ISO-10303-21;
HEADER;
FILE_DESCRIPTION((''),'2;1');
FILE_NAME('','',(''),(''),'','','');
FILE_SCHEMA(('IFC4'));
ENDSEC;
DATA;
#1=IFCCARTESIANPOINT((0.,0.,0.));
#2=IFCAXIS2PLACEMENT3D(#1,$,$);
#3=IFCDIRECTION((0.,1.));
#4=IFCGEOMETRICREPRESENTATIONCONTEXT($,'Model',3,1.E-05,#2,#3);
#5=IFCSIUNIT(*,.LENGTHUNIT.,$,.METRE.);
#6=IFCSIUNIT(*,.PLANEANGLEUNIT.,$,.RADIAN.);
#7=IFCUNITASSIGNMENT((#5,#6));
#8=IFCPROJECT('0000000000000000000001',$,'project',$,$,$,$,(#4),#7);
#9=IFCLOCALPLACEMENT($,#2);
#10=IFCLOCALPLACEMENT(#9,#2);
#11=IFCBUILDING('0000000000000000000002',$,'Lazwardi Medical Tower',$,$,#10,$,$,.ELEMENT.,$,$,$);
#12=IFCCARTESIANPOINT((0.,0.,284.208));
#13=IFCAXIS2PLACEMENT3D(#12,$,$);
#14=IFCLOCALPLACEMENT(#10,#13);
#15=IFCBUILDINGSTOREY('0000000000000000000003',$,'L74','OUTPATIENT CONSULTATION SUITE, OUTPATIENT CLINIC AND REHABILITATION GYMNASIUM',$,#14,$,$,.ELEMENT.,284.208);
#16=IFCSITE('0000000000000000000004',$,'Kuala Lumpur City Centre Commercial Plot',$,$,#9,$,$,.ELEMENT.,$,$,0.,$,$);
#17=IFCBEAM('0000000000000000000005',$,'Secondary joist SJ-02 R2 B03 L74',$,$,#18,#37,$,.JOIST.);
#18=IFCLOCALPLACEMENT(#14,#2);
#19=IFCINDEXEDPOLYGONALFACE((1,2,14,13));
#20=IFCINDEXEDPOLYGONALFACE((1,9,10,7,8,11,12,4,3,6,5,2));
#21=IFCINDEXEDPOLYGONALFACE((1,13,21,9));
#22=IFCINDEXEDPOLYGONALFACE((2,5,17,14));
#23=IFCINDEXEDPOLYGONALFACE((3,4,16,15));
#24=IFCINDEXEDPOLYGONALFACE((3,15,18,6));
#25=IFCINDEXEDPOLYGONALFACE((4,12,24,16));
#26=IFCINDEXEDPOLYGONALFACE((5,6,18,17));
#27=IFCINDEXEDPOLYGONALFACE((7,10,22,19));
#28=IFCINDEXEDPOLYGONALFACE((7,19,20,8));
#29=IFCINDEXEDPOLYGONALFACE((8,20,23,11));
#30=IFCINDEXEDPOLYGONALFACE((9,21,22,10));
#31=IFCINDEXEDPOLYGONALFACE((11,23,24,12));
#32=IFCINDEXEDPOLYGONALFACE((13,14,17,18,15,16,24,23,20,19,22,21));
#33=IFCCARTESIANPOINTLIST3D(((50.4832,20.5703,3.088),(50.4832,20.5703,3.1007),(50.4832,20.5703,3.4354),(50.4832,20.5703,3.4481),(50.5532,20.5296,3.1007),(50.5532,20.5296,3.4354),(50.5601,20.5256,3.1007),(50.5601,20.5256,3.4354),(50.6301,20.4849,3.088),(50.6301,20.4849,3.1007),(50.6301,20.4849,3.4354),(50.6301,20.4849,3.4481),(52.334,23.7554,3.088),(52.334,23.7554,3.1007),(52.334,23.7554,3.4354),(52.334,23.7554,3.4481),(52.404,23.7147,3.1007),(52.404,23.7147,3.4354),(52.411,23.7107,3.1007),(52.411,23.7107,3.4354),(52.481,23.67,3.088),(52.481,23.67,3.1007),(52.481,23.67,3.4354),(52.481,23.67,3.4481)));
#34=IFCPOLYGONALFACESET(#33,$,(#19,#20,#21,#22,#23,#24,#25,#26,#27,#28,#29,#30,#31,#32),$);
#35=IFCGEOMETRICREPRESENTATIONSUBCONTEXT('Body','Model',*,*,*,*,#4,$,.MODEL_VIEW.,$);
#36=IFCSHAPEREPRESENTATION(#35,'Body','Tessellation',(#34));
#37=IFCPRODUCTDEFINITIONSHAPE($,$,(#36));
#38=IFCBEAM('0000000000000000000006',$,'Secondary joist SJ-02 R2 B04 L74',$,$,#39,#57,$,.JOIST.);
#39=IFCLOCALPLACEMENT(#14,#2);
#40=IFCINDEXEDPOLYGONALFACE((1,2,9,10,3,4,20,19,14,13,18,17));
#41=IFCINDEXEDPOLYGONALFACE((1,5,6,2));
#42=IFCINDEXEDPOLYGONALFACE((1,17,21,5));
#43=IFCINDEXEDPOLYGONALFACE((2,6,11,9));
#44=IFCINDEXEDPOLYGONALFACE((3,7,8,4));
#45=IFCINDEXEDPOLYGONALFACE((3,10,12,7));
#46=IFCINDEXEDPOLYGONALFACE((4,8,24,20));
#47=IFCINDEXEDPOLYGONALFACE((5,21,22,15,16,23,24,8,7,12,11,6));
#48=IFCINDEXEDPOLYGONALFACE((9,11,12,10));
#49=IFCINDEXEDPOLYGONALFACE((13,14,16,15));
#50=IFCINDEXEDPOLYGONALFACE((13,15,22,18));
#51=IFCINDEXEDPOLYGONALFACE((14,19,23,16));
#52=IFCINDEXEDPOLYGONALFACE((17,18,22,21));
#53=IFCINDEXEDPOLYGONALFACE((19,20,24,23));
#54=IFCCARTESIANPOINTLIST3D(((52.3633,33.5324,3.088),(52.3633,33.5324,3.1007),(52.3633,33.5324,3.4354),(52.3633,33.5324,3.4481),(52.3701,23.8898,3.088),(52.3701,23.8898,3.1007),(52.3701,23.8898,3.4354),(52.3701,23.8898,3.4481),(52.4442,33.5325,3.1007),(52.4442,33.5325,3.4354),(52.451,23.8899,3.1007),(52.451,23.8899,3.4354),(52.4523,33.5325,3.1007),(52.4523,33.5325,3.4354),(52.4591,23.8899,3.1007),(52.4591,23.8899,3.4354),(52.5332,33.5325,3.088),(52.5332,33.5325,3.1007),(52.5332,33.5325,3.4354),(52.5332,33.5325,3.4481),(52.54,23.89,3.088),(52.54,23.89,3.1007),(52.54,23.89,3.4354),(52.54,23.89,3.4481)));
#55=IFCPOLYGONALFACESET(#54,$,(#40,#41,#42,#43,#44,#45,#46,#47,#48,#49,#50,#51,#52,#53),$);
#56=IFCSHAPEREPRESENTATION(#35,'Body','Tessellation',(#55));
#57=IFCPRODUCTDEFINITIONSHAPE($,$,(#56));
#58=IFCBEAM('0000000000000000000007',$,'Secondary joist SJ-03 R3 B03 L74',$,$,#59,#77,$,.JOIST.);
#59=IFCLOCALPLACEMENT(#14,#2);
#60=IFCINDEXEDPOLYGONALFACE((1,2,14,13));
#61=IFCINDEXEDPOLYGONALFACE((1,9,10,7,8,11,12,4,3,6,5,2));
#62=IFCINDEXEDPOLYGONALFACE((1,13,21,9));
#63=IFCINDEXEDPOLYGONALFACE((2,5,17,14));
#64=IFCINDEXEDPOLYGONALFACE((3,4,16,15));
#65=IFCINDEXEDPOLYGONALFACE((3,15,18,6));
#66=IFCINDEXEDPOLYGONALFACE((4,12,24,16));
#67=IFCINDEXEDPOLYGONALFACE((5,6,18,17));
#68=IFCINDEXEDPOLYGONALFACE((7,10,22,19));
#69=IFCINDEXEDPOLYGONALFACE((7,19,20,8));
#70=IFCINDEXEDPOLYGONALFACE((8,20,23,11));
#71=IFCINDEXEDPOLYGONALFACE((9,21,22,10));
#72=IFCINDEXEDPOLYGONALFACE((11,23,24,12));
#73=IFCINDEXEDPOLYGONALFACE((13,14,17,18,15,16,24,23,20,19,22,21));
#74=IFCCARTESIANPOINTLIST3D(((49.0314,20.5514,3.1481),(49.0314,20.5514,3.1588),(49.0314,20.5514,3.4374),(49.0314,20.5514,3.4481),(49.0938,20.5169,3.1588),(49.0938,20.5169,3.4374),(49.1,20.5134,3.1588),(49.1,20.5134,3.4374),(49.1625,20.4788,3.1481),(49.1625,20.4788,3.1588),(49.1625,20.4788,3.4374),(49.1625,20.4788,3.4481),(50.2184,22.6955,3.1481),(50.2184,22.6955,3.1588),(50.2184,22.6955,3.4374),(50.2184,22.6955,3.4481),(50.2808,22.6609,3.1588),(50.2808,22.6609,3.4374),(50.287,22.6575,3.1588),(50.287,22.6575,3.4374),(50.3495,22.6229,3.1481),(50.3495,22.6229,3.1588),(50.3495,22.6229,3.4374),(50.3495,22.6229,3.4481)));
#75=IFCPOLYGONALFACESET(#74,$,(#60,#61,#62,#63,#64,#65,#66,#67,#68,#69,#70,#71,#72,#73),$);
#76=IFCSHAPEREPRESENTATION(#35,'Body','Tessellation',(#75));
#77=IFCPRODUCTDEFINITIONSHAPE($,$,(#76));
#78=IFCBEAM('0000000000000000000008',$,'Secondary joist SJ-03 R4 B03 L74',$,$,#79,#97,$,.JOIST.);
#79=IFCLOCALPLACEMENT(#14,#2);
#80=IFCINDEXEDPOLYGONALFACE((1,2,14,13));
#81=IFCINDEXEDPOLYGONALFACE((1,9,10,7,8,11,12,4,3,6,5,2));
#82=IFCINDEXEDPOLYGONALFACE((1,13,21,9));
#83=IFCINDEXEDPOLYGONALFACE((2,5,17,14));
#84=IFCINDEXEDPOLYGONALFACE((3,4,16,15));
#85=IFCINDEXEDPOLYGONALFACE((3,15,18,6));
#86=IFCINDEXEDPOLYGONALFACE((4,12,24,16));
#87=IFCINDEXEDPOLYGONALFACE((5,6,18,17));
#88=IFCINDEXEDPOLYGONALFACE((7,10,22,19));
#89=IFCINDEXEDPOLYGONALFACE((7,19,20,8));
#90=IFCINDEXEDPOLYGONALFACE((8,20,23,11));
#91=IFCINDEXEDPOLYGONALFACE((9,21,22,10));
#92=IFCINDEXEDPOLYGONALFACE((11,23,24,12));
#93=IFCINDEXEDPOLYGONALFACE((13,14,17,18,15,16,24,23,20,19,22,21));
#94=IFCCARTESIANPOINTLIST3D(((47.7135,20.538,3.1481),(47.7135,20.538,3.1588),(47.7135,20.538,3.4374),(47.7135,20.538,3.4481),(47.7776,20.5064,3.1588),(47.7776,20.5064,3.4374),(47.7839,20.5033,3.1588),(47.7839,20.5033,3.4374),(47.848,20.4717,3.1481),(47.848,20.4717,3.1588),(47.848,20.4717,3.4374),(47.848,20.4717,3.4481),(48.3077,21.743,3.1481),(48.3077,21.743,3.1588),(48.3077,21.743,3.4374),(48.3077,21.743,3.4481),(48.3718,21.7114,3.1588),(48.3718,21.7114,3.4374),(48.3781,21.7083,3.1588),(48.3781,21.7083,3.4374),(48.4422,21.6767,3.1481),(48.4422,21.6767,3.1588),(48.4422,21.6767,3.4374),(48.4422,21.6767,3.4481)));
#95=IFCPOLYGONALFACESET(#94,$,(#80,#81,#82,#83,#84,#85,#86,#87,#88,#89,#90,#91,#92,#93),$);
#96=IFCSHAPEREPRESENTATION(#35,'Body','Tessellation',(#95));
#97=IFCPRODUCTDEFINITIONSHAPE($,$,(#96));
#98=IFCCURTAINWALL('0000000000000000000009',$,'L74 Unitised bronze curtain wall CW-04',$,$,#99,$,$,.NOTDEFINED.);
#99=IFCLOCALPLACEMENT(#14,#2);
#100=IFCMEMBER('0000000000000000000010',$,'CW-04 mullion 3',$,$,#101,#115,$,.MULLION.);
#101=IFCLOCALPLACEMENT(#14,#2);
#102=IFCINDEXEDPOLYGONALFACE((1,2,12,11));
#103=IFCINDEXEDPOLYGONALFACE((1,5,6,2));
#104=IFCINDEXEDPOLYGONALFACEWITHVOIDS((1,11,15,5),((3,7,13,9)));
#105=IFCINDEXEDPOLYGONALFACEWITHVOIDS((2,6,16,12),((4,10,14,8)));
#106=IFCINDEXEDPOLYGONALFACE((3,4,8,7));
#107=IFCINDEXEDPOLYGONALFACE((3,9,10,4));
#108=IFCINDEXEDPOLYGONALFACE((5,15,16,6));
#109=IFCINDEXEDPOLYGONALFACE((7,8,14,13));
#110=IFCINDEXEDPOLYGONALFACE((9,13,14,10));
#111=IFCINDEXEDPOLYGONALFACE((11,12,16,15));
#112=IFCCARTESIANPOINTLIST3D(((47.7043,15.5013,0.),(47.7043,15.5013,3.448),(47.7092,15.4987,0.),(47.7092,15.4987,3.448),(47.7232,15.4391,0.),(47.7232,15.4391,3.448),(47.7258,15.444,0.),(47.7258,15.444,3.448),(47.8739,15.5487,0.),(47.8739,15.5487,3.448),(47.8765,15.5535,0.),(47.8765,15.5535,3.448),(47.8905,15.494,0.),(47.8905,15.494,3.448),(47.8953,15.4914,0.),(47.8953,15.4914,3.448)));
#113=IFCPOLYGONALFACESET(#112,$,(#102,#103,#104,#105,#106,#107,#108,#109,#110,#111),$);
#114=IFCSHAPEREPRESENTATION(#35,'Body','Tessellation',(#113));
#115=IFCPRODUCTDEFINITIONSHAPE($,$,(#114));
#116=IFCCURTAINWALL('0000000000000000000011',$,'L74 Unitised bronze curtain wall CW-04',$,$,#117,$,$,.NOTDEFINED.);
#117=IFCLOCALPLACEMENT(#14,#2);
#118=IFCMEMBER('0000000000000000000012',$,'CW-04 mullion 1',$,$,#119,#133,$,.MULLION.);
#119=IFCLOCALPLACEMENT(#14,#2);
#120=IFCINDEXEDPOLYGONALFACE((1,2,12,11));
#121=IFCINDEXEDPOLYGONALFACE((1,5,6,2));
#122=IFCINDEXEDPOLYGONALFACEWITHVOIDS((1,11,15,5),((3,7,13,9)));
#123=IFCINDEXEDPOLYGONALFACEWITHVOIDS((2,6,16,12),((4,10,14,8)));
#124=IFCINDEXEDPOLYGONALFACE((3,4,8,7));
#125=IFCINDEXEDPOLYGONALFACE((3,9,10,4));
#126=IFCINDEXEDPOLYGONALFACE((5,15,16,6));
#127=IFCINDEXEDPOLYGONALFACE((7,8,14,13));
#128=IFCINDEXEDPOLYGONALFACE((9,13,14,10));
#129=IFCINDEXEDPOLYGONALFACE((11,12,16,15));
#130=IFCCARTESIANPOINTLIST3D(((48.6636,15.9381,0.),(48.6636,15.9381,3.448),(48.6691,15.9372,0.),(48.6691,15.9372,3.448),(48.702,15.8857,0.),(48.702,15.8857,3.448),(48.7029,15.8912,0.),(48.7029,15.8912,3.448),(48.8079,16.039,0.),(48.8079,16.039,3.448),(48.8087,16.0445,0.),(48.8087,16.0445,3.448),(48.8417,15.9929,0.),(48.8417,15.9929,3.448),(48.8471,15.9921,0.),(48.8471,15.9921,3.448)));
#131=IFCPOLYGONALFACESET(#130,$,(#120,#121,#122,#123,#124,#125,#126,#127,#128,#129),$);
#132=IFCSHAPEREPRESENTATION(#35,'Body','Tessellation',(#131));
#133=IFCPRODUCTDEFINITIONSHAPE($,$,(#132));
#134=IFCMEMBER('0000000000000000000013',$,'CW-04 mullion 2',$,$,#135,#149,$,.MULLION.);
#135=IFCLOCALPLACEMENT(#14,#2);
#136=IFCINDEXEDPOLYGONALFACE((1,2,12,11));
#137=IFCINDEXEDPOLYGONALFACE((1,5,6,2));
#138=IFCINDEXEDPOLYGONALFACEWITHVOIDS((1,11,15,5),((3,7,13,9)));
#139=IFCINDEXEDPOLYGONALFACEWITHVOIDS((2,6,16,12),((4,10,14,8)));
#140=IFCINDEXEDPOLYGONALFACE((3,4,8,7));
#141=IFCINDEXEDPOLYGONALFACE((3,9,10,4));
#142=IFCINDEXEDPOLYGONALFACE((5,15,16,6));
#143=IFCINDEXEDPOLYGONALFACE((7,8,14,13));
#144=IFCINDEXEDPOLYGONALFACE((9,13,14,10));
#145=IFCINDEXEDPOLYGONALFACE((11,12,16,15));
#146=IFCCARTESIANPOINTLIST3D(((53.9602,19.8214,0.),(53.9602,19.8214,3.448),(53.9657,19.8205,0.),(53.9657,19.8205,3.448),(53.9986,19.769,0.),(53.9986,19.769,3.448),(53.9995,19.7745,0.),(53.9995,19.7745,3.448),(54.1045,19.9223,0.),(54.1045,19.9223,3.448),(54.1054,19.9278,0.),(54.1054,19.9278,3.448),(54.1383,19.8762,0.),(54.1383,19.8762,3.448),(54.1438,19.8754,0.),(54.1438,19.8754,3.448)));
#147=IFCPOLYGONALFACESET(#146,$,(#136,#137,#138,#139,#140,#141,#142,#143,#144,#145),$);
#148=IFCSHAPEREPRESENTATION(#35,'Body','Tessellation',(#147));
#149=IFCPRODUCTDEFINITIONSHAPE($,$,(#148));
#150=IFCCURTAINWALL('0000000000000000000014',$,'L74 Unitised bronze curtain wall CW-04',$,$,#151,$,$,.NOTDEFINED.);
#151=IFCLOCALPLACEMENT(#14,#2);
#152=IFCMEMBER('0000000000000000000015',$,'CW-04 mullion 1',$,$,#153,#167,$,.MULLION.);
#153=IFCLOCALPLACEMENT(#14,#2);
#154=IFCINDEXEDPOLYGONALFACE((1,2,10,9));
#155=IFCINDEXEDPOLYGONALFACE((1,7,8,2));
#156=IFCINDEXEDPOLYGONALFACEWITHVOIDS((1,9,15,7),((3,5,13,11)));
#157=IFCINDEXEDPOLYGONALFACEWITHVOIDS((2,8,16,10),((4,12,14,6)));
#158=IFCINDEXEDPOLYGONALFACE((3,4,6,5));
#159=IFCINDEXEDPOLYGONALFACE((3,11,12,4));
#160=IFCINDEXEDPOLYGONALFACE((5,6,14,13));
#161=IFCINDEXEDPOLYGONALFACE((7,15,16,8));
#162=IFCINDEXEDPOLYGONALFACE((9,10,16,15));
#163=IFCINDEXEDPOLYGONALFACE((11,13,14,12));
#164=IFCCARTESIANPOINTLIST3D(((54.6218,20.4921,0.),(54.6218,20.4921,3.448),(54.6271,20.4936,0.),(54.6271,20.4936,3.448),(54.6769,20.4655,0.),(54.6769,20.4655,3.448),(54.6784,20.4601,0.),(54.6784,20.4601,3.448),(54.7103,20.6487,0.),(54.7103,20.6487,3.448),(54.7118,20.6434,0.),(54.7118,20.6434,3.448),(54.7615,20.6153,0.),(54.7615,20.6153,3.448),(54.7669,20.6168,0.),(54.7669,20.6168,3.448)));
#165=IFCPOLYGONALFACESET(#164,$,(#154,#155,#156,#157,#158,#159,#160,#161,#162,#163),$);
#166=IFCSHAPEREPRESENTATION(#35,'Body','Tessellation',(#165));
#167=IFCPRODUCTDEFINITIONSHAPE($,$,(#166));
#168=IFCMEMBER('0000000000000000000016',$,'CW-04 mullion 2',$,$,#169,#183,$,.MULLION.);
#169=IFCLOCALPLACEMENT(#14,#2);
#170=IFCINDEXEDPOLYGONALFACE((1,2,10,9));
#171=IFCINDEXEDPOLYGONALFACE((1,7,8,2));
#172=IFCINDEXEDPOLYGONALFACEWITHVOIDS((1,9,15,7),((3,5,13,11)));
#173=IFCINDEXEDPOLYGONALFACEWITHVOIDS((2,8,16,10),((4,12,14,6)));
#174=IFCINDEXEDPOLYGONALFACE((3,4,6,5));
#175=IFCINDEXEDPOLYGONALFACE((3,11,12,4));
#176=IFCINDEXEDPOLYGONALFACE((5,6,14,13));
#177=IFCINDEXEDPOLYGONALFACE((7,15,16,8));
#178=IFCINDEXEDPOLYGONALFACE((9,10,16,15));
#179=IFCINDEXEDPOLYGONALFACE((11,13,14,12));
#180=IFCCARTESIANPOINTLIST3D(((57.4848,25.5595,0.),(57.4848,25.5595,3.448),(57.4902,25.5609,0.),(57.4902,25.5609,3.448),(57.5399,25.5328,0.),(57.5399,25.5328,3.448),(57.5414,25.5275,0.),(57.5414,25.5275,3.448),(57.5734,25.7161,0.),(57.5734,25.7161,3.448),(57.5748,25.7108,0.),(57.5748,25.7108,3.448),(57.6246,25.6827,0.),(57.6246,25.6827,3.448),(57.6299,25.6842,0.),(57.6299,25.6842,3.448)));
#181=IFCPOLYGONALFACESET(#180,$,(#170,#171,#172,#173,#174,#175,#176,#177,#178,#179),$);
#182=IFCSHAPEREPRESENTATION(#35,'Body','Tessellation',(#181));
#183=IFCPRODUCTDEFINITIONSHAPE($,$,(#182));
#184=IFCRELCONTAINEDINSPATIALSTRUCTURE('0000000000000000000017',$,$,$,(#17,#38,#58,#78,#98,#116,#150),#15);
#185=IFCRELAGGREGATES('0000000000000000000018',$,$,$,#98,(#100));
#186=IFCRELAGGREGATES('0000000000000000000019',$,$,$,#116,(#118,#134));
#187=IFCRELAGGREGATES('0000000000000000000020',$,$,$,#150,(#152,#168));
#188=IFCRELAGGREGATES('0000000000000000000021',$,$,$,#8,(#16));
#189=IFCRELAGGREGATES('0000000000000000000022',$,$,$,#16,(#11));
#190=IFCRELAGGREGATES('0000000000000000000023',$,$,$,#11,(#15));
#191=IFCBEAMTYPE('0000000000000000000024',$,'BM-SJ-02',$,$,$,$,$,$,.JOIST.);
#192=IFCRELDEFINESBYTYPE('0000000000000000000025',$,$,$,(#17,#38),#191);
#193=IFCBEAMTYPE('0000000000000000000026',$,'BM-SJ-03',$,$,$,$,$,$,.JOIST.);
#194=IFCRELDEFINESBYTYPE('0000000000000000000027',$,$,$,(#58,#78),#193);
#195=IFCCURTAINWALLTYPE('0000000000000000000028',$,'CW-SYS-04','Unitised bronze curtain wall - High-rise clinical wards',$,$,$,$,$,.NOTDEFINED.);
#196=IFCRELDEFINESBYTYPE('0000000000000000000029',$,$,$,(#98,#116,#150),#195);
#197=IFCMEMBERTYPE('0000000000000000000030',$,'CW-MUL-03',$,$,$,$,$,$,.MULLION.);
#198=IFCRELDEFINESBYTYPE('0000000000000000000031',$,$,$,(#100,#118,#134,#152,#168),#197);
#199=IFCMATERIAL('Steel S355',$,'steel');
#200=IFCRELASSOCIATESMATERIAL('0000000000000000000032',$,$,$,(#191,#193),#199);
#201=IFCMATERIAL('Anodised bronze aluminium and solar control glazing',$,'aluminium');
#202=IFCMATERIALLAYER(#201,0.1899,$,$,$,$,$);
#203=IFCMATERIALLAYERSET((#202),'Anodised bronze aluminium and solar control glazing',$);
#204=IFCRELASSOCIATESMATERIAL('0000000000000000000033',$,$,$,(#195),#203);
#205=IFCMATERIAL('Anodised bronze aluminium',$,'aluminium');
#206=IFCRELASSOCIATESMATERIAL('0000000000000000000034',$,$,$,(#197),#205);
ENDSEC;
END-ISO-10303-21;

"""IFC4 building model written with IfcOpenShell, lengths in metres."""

from ifc_helpers import new_model, si_unit, direction, frame, origin, origin_2d, place, context, subcontext, project, spatial, hollow_rectangle, i_section, extrude, material, layer, layer_set, material_profile, profile_set, type_object, element, aggregate, save


model = new_model("IFC4")

# Units and contexts
model_context = context("Model", 3, precision=1e-05, world=origin(), true_north=direction((0.0, 1.0)))
body_context = subcontext(model_context, "Body", "Model", "MODEL_VIEW")
ifc_project = project(units=[si_unit("LENGTHUNIT", "METRE"), si_unit("PLANEANGLEUNIT", "RADIAN")], contexts=[model_context])

# Site, building, storey
site_placement = place(None, origin())
site = spatial("IfcSite", under=ifc_project, at=site_placement, Name="Kuala Lumpur City Centre Commercial Plot", CompositionType="ELEMENT", RefElevation=0.0)
building_placement = place(site_placement, origin())
building = spatial("IfcBuilding", under=site, at=building_placement, Name="Lazwardi Medical Tower", CompositionType="ELEMENT")
storey_placement = place(building_placement, frame((0.0, 0.0, 284.208)))
storey = spatial("IfcBuildingStorey", under=building, at=storey_placement, Name="L74", Description="OUTPATIENT CONSULTATION SUITE, OUTPATIENT CLINIC AND REHABILITATION GYMNASIUM", CompositionType="ELEMENT", Elevation=284.208)

# Beams
ifc_material_1 = material(Name="Steel S355", Category="steel")
ifc_material_profile_1 = material_profile(ifc_material_1, i_section(OverallWidth=0.1699, OverallDepth=0.3601, WebThickness=0.0081, FlangeThickness=0.0127, at=origin_2d()), Name="IPE 360")
ifc_profile_set_1 = profile_set([ifc_material_profile_1], Name="Steel S355")
beam_type_1 = type_object("IfcBeamType", Name="BM-SJ-02", PredefinedType="JOIST", material=ifc_profile_set_1)
beam_1_placement = place(storey_placement, frame((50.5566, 20.5276, 3.2681), z_axis=(0.502428, 0.864619, 0.0), x_axis=(-0.864619, 0.502428, 0.0)))
element("IfcBeam", 1, at=beam_1_placement, inside=storey, type_object=beam_type_1, Name="Secondary joist SJ-02 R2 B03 L74", PredefinedType="JOIST", context=body_context, shape_type="SweptSolid", body=[
    extrude(i_section(OverallWidth=0.1699, OverallDepth=0.3601, WebThickness=0.0081, FlangeThickness=0.0127, at=origin_2d()), origin(), (0.0, 0.0, 1.0), 3.6838),
])
beam_2_placement = place(storey_placement, frame((52.4551, 23.8899, 3.2681), z_axis=(-0.000709, 1.0, 0.0), x_axis=(-1.0, -0.000709, 0.0)))
element("IfcBeam", 2, at=beam_2_placement, inside=storey, type_object=beam_type_1, Name="Secondary joist SJ-02 R2 B04 L74", PredefinedType="JOIST", context=body_context, shape_type="SweptSolid", body=[
    extrude(i_section(OverallWidth=0.1699, OverallDepth=0.3601, WebThickness=0.0081, FlangeThickness=0.0127, at=origin_2d()), origin(), (0.0, 0.0, 1.0), 9.6426),
])
ifc_material_profile_2 = material_profile(ifc_material_1, i_section(OverallWidth=0.1499, OverallDepth=0.3, WebThickness=0.0071, FlangeThickness=0.0107, at=origin_2d()), Name="IPE 300")
ifc_profile_set_2 = profile_set([ifc_material_profile_2], Name="Steel S355")
beam_type_2 = type_object("IfcBeamType", Name="BM-SJ-03", PredefinedType="JOIST", material=ifc_profile_set_2)
beam_3_placement = place(storey_placement, frame((49.0969, 20.5151, 3.2981), z_axis=(0.484357, 0.874871, 0.0), x_axis=(-0.874871, 0.484357, 0.0)))
element("IfcBeam", 3, at=beam_3_placement, inside=storey, type_object=beam_type_2, Name="Secondary joist SJ-03 R3 B03 L74", PredefinedType="JOIST", context=body_context, shape_type="SweptSolid", body=[
    extrude(i_section(OverallWidth=0.1499, OverallDepth=0.3, WebThickness=0.0071, FlangeThickness=0.0107, at=origin_2d()), origin(), (0.0, 0.0, 1.0), 2.4507),
])
beam_4_placement = place(storey_placement, frame((47.7808, 20.5049, 3.2981), z_axis=(0.442264, 0.896885, 0.0), x_axis=(-0.896885, 0.442264, 0.0)))
element("IfcBeam", 4, at=beam_4_placement, inside=storey, type_object=beam_type_2, Name="Secondary joist SJ-03 R4 B03 L74", PredefinedType="JOIST", context=body_context, shape_type="SweptSolid", body=[
    extrude(i_section(OverallWidth=0.1499, OverallDepth=0.3, WebThickness=0.0071, FlangeThickness=0.0107, at=origin_2d()), origin(), (0.0, 0.0, 1.0), 1.3435),
])

# Curtain wall, member
ifc_material_2 = material(Name="Anodised bronze aluminium and solar control glazing", Category="aluminium")
ifc_layer_1 = layer(ifc_material_2, 0.1899)
ifc_layer_set_1 = layer_set([ifc_layer_1], Name="Anodised bronze aluminium and solar control glazing")
curtain_wall_type = type_object("IfcCurtainWallType", Name="CW-SYS-04", Description="Unitised bronze curtain wall - High-rise clinical wards", PredefinedType="NOTDEFINED", material=ifc_layer_set_1)
curtain_wall_1_placement = place(storey_placement, origin())
curtain_wall_1 = element("IfcCurtainWall", 5, at=curtain_wall_1_placement, inside=storey, type_object=curtain_wall_type, Name="L74 Unitised bronze curtain wall CW-04", PredefinedType="NOTDEFINED")
ifc_material_3 = material(Name="Anodised bronze aluminium", Category="aluminium")
ifc_material_profile_3 = material_profile(ifc_material_3, hollow_rectangle(XDim=0.0649, YDim=0.1799, WallThickness=0.0039, at=origin_2d()), Name="ALU-MULLION 180x65x4")
ifc_profile_set_3 = profile_set([ifc_material_profile_3], Name="Anodised bronze aluminium")
member_type_1 = type_object("IfcMemberType", Name="CW-MUL-03", PredefinedType="MULLION", material=ifc_profile_set_3)
member_1_placement = place(storey_placement, frame((47.7998, 15.4963, 0.0), z_axis=(0.0, 0.0, 1.0), x_axis=(-0.290582, 0.95685, 0.0)))
member_1 = element("IfcMember", 6, at=member_1_placement, type_object=member_type_1, Name="CW-04 mullion 3", PredefinedType="MULLION", context=body_context, shape_type="SweptSolid", body=[
    extrude(hollow_rectangle(XDim=0.0649, YDim=0.1799, WallThickness=0.0039, at=origin_2d()), origin(), (0.0, 0.0, 1.0), 3.448),
])
aggregate(curtain_wall_1, [member_1])

# Curtain walls, members
curtain_wall_2_placement = place(storey_placement, origin())
curtain_wall_2 = element("IfcCurtainWall", 7, at=curtain_wall_2_placement, inside=storey, type_object=curtain_wall_type, Name="L74 Unitised bronze curtain wall CW-04", PredefinedType="NOTDEFINED")
member_2_placement = place(storey_placement, frame((48.7554, 15.9651, 0.0), z_axis=(0.0, 0.0, 1.0), x_axis=(-0.591268, 0.806475, 0.0)))
member_2 = element("IfcMember", 8, at=member_2_placement, type_object=member_type_1, Name="CW-04 mullion 1", PredefinedType="MULLION", context=body_context, shape_type="SweptSolid", body=[
    extrude(hollow_rectangle(XDim=0.0649, YDim=0.1799, WallThickness=0.0039, at=origin_2d()), origin(), (0.0, 0.0, 1.0), 3.448),
])
member_3_placement = place(storey_placement, frame((54.052, 19.8484, 0.0), z_axis=(0.0, 0.0, 1.0), x_axis=(-0.591268, 0.806475, 0.0)))
member_3 = element("IfcMember", 9, at=member_3_placement, type_object=member_type_1, Name="CW-04 mullion 2", PredefinedType="MULLION", context=body_context, shape_type="SweptSolid", body=[
    extrude(hollow_rectangle(XDim=0.0649, YDim=0.1799, WallThickness=0.0039, at=origin_2d()), origin(), (0.0, 0.0, 1.0), 3.448),
])
curtain_wall_3_placement = place(storey_placement, origin())
curtain_wall_3 = element("IfcCurtainWall", 10, at=curtain_wall_3_placement, inside=storey, type_object=curtain_wall_type, Name="L74 Unitised bronze curtain wall CW-04", PredefinedType="NOTDEFINED")
member_4_placement = place(storey_placement, frame((54.6943, 20.5544, 0.0), z_axis=(0.0, 0.0, 1.0), x_axis=(-0.870651, 0.4919, 0.0)))
member_4 = element("IfcMember", 11, at=member_4_placement, type_object=member_type_1, Name="CW-04 mullion 1", PredefinedType="MULLION", context=body_context, shape_type="SweptSolid", body=[
    extrude(hollow_rectangle(XDim=0.0649, YDim=0.1799, WallThickness=0.0039, at=origin_2d()), origin(), (0.0, 0.0, 1.0), 3.448),
])
member_5_placement = place(storey_placement, frame((57.5574, 25.6218, 0.0), z_axis=(0.0, 0.0, 1.0), x_axis=(-0.870651, 0.4919, 0.0)))
member_5 = element("IfcMember", 12, at=member_5_placement, type_object=member_type_1, Name="CW-04 mullion 2", PredefinedType="MULLION", context=body_context, shape_type="SweptSolid", body=[
    extrude(hollow_rectangle(XDim=0.0649, YDim=0.1799, WallThickness=0.0039, at=origin_2d()), origin(), (0.0, 0.0, 1.0), 3.448),
])

aggregate(curtain_wall_2, [member_2, member_3])
aggregate(curtain_wall_3, [member_4, member_5])

save(model, "model.ifc")
